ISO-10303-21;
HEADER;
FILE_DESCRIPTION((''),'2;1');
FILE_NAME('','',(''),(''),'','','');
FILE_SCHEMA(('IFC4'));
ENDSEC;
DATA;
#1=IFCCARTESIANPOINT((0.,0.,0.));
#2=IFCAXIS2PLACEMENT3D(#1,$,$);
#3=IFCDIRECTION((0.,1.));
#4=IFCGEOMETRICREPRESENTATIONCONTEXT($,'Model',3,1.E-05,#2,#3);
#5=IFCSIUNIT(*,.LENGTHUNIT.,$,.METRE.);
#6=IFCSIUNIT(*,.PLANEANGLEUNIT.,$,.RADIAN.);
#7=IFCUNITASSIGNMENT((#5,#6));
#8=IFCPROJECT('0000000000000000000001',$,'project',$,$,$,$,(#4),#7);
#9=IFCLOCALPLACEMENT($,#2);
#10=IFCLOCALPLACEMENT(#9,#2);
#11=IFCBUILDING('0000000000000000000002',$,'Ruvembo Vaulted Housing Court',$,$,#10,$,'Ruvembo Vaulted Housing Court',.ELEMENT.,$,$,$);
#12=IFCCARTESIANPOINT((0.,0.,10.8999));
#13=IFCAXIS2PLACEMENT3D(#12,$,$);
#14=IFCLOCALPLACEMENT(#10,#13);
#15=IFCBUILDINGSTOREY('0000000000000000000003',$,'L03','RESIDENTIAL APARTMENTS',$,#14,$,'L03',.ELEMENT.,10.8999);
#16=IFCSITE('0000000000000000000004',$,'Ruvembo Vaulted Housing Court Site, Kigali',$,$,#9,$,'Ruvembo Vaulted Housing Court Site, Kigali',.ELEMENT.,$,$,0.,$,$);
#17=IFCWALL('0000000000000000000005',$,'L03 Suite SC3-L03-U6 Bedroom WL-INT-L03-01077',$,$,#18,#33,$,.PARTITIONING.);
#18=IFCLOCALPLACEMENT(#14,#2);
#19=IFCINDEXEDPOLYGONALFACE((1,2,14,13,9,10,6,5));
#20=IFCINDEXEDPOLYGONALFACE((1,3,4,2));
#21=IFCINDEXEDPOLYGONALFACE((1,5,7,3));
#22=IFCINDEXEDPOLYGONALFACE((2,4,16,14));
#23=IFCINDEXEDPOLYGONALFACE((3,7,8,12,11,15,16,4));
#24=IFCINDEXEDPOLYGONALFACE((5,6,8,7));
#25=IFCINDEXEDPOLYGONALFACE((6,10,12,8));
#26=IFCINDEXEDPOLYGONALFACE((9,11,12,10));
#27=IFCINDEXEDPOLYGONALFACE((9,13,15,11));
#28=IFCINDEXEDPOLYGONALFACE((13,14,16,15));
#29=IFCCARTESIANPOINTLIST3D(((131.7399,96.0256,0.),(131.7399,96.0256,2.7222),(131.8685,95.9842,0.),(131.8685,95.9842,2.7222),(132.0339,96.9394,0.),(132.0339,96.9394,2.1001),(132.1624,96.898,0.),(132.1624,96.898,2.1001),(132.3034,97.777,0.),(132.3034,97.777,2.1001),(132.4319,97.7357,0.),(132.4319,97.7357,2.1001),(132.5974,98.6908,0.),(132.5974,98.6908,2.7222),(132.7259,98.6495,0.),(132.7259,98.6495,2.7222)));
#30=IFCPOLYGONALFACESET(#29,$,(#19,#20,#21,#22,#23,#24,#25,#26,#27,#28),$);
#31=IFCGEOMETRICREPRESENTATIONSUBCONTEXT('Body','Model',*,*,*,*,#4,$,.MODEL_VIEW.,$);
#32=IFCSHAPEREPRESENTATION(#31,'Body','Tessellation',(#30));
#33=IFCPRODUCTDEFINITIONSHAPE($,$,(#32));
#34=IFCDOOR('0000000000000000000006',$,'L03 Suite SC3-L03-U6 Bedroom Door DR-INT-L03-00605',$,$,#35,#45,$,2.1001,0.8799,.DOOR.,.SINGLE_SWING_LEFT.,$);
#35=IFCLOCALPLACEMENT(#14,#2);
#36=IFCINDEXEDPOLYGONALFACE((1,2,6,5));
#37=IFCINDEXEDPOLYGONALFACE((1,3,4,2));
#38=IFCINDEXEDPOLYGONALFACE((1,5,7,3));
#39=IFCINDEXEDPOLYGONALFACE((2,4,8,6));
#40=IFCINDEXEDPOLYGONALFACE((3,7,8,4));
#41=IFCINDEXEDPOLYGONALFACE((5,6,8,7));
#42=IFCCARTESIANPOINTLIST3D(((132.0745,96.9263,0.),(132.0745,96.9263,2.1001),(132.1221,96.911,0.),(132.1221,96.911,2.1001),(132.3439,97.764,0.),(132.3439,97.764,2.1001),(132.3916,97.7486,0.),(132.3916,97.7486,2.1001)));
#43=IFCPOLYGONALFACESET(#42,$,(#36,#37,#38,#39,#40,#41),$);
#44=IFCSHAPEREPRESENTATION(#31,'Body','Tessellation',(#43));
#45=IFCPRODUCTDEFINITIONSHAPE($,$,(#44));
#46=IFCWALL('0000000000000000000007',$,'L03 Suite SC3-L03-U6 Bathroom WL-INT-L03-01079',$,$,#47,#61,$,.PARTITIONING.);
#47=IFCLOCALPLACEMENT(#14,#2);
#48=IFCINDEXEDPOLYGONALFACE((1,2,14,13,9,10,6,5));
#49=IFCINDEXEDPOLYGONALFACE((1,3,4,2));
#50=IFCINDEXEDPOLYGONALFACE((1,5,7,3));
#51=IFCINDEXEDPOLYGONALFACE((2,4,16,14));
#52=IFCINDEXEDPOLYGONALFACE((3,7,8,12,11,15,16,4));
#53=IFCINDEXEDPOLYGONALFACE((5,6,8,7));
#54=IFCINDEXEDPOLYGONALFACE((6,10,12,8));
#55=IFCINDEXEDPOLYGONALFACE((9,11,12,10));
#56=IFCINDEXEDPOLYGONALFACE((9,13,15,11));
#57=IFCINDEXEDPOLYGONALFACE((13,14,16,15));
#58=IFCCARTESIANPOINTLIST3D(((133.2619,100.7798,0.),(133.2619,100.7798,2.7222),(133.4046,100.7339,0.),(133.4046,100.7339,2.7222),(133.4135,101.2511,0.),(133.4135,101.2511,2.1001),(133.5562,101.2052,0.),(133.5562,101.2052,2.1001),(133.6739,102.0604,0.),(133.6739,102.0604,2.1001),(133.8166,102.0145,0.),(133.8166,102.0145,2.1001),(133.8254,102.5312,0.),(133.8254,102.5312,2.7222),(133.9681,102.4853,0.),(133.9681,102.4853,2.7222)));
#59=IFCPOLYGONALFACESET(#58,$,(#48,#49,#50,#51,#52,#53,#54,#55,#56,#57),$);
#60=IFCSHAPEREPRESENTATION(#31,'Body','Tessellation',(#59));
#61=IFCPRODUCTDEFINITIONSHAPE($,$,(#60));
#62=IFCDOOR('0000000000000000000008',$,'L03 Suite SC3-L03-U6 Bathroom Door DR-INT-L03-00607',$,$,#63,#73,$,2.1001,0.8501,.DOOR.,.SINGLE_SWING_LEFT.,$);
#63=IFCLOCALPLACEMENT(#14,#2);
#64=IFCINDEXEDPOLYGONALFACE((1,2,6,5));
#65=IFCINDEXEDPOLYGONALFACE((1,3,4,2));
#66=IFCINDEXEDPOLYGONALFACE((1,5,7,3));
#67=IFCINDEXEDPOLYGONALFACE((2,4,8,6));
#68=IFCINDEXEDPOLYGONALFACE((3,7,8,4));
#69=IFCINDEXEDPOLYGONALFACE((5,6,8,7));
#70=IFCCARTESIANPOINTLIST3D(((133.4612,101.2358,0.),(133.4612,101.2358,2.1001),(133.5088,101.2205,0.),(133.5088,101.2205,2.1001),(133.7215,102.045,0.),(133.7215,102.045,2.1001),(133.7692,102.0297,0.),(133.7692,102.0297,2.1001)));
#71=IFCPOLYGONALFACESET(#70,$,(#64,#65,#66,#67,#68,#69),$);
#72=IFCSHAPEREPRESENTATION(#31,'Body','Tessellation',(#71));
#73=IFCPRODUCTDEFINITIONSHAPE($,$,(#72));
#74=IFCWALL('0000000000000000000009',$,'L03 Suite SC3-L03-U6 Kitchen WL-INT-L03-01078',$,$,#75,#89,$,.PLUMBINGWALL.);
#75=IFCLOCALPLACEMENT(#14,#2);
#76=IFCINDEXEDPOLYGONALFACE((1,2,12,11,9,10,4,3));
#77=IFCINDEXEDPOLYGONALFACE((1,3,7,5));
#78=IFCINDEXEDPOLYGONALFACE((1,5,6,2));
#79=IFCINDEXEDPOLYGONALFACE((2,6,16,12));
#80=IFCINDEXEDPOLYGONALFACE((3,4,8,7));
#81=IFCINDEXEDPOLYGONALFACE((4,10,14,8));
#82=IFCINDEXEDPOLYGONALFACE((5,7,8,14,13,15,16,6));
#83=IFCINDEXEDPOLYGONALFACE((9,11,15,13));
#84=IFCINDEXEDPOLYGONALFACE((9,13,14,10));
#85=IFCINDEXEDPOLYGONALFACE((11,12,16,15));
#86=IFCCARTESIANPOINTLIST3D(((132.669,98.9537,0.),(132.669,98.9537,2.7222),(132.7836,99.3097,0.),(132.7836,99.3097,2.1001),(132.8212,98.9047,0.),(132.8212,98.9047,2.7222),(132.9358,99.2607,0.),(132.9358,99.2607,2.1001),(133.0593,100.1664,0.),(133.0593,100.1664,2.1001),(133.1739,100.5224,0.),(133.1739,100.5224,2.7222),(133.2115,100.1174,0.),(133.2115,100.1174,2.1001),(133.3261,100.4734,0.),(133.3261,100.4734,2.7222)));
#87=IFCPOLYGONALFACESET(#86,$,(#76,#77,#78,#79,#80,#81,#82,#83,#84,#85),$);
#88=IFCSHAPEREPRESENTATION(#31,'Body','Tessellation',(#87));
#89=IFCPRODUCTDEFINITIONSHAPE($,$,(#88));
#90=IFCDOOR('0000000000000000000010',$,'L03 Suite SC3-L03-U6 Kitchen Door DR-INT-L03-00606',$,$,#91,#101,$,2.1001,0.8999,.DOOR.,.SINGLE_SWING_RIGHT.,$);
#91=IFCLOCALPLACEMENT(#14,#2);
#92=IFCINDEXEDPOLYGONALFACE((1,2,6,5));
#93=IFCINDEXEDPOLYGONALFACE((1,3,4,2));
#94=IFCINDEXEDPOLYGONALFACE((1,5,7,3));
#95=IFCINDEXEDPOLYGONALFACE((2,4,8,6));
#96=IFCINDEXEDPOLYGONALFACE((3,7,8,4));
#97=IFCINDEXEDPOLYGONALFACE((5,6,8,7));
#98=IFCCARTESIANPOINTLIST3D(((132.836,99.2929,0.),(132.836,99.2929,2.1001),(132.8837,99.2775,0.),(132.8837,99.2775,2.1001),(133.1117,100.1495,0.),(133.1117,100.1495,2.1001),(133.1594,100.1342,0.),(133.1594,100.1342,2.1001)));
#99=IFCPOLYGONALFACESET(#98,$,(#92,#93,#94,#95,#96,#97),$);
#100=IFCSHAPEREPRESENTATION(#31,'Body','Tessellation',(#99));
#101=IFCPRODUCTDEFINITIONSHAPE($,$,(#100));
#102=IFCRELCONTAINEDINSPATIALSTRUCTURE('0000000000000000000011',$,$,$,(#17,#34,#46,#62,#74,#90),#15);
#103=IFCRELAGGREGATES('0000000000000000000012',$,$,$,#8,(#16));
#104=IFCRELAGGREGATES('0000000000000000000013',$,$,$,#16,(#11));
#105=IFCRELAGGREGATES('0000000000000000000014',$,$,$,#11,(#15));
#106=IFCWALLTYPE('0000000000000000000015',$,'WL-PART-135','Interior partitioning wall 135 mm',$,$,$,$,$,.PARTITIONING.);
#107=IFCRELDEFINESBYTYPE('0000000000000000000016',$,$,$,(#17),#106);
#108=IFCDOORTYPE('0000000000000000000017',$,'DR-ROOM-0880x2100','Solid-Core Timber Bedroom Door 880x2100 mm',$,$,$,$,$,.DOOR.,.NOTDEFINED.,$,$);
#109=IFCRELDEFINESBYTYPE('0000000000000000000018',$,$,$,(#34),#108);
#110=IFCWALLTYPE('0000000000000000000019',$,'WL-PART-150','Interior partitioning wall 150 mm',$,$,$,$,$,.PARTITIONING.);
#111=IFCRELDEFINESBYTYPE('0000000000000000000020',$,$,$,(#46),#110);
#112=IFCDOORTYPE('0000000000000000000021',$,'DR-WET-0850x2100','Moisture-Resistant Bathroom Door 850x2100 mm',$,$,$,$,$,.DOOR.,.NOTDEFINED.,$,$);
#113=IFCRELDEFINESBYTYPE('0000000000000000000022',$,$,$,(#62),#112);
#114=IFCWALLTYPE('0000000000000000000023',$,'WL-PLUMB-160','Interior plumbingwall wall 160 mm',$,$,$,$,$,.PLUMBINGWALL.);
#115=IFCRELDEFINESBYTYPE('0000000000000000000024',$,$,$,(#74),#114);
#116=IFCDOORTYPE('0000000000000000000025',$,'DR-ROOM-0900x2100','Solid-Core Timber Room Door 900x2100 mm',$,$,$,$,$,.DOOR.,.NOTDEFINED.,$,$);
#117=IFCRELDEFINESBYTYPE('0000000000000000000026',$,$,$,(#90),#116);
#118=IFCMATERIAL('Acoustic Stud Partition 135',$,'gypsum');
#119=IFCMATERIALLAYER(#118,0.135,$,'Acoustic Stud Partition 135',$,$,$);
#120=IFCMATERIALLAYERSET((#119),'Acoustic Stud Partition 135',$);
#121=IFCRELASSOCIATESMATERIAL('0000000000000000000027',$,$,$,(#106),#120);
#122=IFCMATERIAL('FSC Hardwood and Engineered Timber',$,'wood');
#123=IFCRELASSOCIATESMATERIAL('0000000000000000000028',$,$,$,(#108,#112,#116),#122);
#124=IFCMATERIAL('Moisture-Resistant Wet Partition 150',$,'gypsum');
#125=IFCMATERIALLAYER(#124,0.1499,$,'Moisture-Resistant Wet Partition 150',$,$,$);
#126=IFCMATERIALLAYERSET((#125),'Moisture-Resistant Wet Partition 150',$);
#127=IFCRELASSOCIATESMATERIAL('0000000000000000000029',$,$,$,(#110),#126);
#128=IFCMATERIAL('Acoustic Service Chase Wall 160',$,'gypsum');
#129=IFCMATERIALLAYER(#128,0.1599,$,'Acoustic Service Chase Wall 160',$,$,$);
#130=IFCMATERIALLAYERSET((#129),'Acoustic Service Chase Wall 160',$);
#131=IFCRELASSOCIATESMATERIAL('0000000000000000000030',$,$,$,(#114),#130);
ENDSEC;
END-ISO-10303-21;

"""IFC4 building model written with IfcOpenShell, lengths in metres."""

from ifc_helpers import new_model, si_unit, direction, frame, frame_2d, origin, place, context, subcontext, project, spatial, rectangle, extrude, material, layer, layer_set, type_object, element, fill, save


model = new_model("IFC4")

# Units and contexts
model_context = context("Model", 3, precision=1e-05, world=origin(), true_north=direction((0.0, 1.0)))
body_context = subcontext(model_context, "Body", "Model", "MODEL_VIEW")
ifc_project = project(units=[si_unit("LENGTHUNIT", "METRE"), si_unit("PLANEANGLEUNIT", "RADIAN")], contexts=[model_context])

# Site, building, storey
site_placement = place(None, origin())
site = spatial("IfcSite", under=ifc_project, at=site_placement, Name="Ruvembo Vaulted Housing Court Site, Kigali", LongName="Ruvembo Vaulted Housing Court Site, Kigali", CompositionType="ELEMENT", RefElevation=0.0)
building_placement = place(site_placement, origin())
building = spatial("IfcBuilding", under=site, at=building_placement, Name="Ruvembo Vaulted Housing Court", LongName="Ruvembo Vaulted Housing Court", CompositionType="ELEMENT")
storey_placement = place(building_placement, frame((0.0, 0.0, 10.8999)))
storey = spatial("IfcBuildingStorey", under=building, at=storey_placement, Name="L03", Description="RESIDENTIAL APARTMENTS", LongName="L03", CompositionType="ELEMENT", Elevation=10.8999)

# Shared definitions
ifc_material_1 = material(Name="FSC Hardwood and Engineered Timber", Category="wood")

# Walls, openings, doors
ifc_material_2 = material(Name="Acoustic Stud Partition 135", Category="gypsum")
ifc_layer_1 = layer(ifc_material_2, 0.135, Name="Acoustic Stud Partition 135")
ifc_layer_set_1 = layer_set([ifc_layer_1], Name="Acoustic Stud Partition 135")
wall_type_1 = type_object("IfcWallType", Name="WL-PART-135", Description="Interior partitioning wall 135 mm", PredefinedType="PARTITIONING", material=ifc_layer_set_1)
wall_1_placement = place(storey_placement, frame((131.8042, 96.0049, 0.0), z_axis=(0.0, 0.0, 1.0), x_axis=(0.306243, 0.951953, 0.0)))
wall_1 = element("IfcWall", 1, at=wall_1_placement, inside=storey, type_object=wall_type_1, Name="L03 Suite SC3-L03-U6 Bedroom WL-INT-L03-01077", PredefinedType="PARTITIONING", context=body_context, shape_type="SweptSolid", body=[
    extrude(rectangle(XDim=2.7998, YDim=0.135, at=frame_2d((1.3999, 0.0))), origin(), (0.0, 0.0, 1.0), 2.7222),
])
opening_1_placement = place(wall_1_placement, frame((0.96, 0.0, 0.0)))
opening_1 = element("IfcOpeningElement", 2, at=opening_1_placement, cuts=wall_1, PredefinedType="OPENING", context=body_context, shape_type="SweptSolid", body=[
    extrude(rectangle(XDim=0.8799, YDim=2.1001, at=frame_2d((0.4399, 1.05))), frame((0.0, 0.0774, 0.0), z_axis=(0.0, -1.0, 0.0), x_axis=(1.0, 0.0, 0.0)), (0.0, 0.0, 1.0), 0.155),
])
door_type_1 = type_object("IfcDoorType", Name="DR-ROOM-0880x2100", Description="Solid-Core Timber Bedroom Door 880x2100 mm", OperationType="NOTDEFINED", PredefinedType="DOOR", material=ifc_material_1)
door_1_placement = place(opening_1_placement, origin())
door_1 = element("IfcDoor", 3, at=door_1_placement, inside=storey, type_object=door_type_1, Name="L03 Suite SC3-L03-U6 Bedroom Door DR-INT-L03-00605", OperationType="SINGLE_SWING_LEFT", OverallHeight=2.1001, OverallWidth=0.8799, PredefinedType="DOOR", context=body_context, shape_type="SweptSolid", body=[
    extrude(rectangle(XDim=0.8799, YDim=2.1001, at=frame_2d((0.4399, 1.05))), frame((0.0, 0.0249, 0.0), z_axis=(0.0, -1.0, 0.0), x_axis=(1.0, 0.0, 0.0)), (0.0, 0.0, 1.0), 0.05),
])
fill(opening_1, door_1)
ifc_material_3 = material(Name="Moisture-Resistant Wet Partition 150", Category="gypsum")
ifc_layer_2 = layer(ifc_material_3, 0.1499, Name="Moisture-Resistant Wet Partition 150")
ifc_layer_set_2 = layer_set([ifc_layer_2], Name="Moisture-Resistant Wet Partition 150")
wall_type_2 = type_object("IfcWallType", Name="WL-PART-150", Description="Interior partitioning wall 150 mm", PredefinedType="PARTITIONING", material=ifc_layer_set_2)
wall_2_placement = place(storey_placement, frame((133.3333, 100.7568, 0.0), z_axis=(0.0, 0.0, 1.0), x_axis=(0.306258, 0.951948, 0.0)))
wall_2 = element("IfcWall", 4, at=wall_2_placement, inside=storey, type_object=wall_type_2, Name="L03 Suite SC3-L03-U6 Bathroom WL-INT-L03-01079", PredefinedType="PARTITIONING", context=body_context, shape_type="SweptSolid", body=[
    extrude(rectangle(XDim=1.8398, YDim=0.1499, at=frame_2d((0.9199, 0.0))), origin(), (0.0, 0.0, 1.0), 2.7222),
])
opening_2_placement = place(wall_2_placement, frame((0.4951, 0.0, 0.0)))
opening_2 = element("IfcOpeningElement", 5, at=opening_2_placement, cuts=wall_2, PredefinedType="OPENING", context=body_context, shape_type="SweptSolid", body=[
    extrude(rectangle(XDim=0.8501, YDim=2.1001, at=frame_2d((0.425, 1.05))), frame((0.0, 0.085, 0.0), z_axis=(0.0, -1.0, 0.0), x_axis=(1.0, 0.0, 0.0)), (0.0, 0.0, 1.0), 0.1699),
])
door_type_2 = type_object("IfcDoorType", Name="DR-WET-0850x2100", Description="Moisture-Resistant Bathroom Door 850x2100 mm", OperationType="NOTDEFINED", PredefinedType="DOOR", material=ifc_material_1)
door_2_placement = place(opening_2_placement, origin())
door_2 = element("IfcDoor", 6, at=door_2_placement, inside=storey, type_object=door_type_2, Name="L03 Suite SC3-L03-U6 Bathroom Door DR-INT-L03-00607", OperationType="SINGLE_SWING_LEFT", OverallHeight=2.1001, OverallWidth=0.8501, PredefinedType="DOOR", context=body_context, shape_type="SweptSolid", body=[
    extrude(rectangle(XDim=0.8501, YDim=2.1001, at=frame_2d((0.425, 1.05))), frame((0.0, 0.0249, 0.0), z_axis=(0.0, -1.0, 0.0), x_axis=(1.0, 0.0, 0.0)), (0.0, 0.0, 1.0), 0.05),
])
fill(opening_2, door_2)
ifc_material_4 = material(Name="Acoustic Service Chase Wall 160", Category="gypsum")
ifc_layer_3 = layer(ifc_material_4, 0.1599, Name="Acoustic Service Chase Wall 160")
ifc_layer_set_3 = layer_set([ifc_layer_3], Name="Acoustic Service Chase Wall 160")
wall_type_3 = type_object("IfcWallType", Name="WL-PLUMB-160", Description="Interior plumbingwall wall 160 mm", PredefinedType="PLUMBINGWALL", material=ifc_layer_set_3)
wall_3_placement = place(storey_placement, frame((132.7451, 98.9292, 0.0), z_axis=(0.0, 0.0, 1.0), x_axis=(0.306388, 0.951907, 0.0)))
wall_3 = element("IfcWall", 7, at=wall_3_placement, inside=storey, type_object=wall_type_3, Name="L03 Suite SC3-L03-U6 Kitchen WL-INT-L03-01078", PredefinedType="PLUMBINGWALL", context=body_context, shape_type="SweptSolid", body=[
    extrude(rectangle(XDim=1.6479, YDim=0.1599, at=frame_2d((0.824, 0.0))), origin(), (0.0, 0.0, 1.0), 2.7222),
])
opening_3_placement = place(wall_3_placement, frame((0.374, 0.0, 0.0)))
opening_3 = element("IfcOpeningElement", 8, at=opening_3_placement, cuts=wall_3, PredefinedType="OPENING", context=body_context, shape_type="SweptSolid", body=[
    extrude(rectangle(XDim=0.8999, YDim=2.1001, at=frame_2d((0.45, 1.05))), frame((0.0, 0.0898, 0.0), z_axis=(0.0, -1.0, 0.0), x_axis=(1.0, 0.0, 0.0)), (0.0, 0.0, 1.0), 0.1799),
])
door_type_3 = type_object("IfcDoorType", Name="DR-ROOM-0900x2100", Description="Solid-Core Timber Room Door 900x2100 mm", OperationType="NOTDEFINED", PredefinedType="DOOR", material=ifc_material_1)
door_3_placement = place(opening_3_placement, origin())
door_3 = element("IfcDoor", 9, at=door_3_placement, inside=storey, type_object=door_type_3, Name="L03 Suite SC3-L03-U6 Kitchen Door DR-INT-L03-00606", OperationType="SINGLE_SWING_RIGHT", OverallHeight=2.1001, OverallWidth=0.8999, PredefinedType="DOOR", context=body_context, shape_type="SweptSolid", body=[
    extrude(rectangle(XDim=0.8999, YDim=2.1001, at=frame_2d((0.45, 1.05))), frame((0.0, 0.0249, 0.0), z_axis=(0.0, -1.0, 0.0), x_axis=(1.0, 0.0, 0.0)), (0.0, 0.0, 1.0), 0.05),
])
fill(opening_3, door_3)

save(model, "model.ifc")
